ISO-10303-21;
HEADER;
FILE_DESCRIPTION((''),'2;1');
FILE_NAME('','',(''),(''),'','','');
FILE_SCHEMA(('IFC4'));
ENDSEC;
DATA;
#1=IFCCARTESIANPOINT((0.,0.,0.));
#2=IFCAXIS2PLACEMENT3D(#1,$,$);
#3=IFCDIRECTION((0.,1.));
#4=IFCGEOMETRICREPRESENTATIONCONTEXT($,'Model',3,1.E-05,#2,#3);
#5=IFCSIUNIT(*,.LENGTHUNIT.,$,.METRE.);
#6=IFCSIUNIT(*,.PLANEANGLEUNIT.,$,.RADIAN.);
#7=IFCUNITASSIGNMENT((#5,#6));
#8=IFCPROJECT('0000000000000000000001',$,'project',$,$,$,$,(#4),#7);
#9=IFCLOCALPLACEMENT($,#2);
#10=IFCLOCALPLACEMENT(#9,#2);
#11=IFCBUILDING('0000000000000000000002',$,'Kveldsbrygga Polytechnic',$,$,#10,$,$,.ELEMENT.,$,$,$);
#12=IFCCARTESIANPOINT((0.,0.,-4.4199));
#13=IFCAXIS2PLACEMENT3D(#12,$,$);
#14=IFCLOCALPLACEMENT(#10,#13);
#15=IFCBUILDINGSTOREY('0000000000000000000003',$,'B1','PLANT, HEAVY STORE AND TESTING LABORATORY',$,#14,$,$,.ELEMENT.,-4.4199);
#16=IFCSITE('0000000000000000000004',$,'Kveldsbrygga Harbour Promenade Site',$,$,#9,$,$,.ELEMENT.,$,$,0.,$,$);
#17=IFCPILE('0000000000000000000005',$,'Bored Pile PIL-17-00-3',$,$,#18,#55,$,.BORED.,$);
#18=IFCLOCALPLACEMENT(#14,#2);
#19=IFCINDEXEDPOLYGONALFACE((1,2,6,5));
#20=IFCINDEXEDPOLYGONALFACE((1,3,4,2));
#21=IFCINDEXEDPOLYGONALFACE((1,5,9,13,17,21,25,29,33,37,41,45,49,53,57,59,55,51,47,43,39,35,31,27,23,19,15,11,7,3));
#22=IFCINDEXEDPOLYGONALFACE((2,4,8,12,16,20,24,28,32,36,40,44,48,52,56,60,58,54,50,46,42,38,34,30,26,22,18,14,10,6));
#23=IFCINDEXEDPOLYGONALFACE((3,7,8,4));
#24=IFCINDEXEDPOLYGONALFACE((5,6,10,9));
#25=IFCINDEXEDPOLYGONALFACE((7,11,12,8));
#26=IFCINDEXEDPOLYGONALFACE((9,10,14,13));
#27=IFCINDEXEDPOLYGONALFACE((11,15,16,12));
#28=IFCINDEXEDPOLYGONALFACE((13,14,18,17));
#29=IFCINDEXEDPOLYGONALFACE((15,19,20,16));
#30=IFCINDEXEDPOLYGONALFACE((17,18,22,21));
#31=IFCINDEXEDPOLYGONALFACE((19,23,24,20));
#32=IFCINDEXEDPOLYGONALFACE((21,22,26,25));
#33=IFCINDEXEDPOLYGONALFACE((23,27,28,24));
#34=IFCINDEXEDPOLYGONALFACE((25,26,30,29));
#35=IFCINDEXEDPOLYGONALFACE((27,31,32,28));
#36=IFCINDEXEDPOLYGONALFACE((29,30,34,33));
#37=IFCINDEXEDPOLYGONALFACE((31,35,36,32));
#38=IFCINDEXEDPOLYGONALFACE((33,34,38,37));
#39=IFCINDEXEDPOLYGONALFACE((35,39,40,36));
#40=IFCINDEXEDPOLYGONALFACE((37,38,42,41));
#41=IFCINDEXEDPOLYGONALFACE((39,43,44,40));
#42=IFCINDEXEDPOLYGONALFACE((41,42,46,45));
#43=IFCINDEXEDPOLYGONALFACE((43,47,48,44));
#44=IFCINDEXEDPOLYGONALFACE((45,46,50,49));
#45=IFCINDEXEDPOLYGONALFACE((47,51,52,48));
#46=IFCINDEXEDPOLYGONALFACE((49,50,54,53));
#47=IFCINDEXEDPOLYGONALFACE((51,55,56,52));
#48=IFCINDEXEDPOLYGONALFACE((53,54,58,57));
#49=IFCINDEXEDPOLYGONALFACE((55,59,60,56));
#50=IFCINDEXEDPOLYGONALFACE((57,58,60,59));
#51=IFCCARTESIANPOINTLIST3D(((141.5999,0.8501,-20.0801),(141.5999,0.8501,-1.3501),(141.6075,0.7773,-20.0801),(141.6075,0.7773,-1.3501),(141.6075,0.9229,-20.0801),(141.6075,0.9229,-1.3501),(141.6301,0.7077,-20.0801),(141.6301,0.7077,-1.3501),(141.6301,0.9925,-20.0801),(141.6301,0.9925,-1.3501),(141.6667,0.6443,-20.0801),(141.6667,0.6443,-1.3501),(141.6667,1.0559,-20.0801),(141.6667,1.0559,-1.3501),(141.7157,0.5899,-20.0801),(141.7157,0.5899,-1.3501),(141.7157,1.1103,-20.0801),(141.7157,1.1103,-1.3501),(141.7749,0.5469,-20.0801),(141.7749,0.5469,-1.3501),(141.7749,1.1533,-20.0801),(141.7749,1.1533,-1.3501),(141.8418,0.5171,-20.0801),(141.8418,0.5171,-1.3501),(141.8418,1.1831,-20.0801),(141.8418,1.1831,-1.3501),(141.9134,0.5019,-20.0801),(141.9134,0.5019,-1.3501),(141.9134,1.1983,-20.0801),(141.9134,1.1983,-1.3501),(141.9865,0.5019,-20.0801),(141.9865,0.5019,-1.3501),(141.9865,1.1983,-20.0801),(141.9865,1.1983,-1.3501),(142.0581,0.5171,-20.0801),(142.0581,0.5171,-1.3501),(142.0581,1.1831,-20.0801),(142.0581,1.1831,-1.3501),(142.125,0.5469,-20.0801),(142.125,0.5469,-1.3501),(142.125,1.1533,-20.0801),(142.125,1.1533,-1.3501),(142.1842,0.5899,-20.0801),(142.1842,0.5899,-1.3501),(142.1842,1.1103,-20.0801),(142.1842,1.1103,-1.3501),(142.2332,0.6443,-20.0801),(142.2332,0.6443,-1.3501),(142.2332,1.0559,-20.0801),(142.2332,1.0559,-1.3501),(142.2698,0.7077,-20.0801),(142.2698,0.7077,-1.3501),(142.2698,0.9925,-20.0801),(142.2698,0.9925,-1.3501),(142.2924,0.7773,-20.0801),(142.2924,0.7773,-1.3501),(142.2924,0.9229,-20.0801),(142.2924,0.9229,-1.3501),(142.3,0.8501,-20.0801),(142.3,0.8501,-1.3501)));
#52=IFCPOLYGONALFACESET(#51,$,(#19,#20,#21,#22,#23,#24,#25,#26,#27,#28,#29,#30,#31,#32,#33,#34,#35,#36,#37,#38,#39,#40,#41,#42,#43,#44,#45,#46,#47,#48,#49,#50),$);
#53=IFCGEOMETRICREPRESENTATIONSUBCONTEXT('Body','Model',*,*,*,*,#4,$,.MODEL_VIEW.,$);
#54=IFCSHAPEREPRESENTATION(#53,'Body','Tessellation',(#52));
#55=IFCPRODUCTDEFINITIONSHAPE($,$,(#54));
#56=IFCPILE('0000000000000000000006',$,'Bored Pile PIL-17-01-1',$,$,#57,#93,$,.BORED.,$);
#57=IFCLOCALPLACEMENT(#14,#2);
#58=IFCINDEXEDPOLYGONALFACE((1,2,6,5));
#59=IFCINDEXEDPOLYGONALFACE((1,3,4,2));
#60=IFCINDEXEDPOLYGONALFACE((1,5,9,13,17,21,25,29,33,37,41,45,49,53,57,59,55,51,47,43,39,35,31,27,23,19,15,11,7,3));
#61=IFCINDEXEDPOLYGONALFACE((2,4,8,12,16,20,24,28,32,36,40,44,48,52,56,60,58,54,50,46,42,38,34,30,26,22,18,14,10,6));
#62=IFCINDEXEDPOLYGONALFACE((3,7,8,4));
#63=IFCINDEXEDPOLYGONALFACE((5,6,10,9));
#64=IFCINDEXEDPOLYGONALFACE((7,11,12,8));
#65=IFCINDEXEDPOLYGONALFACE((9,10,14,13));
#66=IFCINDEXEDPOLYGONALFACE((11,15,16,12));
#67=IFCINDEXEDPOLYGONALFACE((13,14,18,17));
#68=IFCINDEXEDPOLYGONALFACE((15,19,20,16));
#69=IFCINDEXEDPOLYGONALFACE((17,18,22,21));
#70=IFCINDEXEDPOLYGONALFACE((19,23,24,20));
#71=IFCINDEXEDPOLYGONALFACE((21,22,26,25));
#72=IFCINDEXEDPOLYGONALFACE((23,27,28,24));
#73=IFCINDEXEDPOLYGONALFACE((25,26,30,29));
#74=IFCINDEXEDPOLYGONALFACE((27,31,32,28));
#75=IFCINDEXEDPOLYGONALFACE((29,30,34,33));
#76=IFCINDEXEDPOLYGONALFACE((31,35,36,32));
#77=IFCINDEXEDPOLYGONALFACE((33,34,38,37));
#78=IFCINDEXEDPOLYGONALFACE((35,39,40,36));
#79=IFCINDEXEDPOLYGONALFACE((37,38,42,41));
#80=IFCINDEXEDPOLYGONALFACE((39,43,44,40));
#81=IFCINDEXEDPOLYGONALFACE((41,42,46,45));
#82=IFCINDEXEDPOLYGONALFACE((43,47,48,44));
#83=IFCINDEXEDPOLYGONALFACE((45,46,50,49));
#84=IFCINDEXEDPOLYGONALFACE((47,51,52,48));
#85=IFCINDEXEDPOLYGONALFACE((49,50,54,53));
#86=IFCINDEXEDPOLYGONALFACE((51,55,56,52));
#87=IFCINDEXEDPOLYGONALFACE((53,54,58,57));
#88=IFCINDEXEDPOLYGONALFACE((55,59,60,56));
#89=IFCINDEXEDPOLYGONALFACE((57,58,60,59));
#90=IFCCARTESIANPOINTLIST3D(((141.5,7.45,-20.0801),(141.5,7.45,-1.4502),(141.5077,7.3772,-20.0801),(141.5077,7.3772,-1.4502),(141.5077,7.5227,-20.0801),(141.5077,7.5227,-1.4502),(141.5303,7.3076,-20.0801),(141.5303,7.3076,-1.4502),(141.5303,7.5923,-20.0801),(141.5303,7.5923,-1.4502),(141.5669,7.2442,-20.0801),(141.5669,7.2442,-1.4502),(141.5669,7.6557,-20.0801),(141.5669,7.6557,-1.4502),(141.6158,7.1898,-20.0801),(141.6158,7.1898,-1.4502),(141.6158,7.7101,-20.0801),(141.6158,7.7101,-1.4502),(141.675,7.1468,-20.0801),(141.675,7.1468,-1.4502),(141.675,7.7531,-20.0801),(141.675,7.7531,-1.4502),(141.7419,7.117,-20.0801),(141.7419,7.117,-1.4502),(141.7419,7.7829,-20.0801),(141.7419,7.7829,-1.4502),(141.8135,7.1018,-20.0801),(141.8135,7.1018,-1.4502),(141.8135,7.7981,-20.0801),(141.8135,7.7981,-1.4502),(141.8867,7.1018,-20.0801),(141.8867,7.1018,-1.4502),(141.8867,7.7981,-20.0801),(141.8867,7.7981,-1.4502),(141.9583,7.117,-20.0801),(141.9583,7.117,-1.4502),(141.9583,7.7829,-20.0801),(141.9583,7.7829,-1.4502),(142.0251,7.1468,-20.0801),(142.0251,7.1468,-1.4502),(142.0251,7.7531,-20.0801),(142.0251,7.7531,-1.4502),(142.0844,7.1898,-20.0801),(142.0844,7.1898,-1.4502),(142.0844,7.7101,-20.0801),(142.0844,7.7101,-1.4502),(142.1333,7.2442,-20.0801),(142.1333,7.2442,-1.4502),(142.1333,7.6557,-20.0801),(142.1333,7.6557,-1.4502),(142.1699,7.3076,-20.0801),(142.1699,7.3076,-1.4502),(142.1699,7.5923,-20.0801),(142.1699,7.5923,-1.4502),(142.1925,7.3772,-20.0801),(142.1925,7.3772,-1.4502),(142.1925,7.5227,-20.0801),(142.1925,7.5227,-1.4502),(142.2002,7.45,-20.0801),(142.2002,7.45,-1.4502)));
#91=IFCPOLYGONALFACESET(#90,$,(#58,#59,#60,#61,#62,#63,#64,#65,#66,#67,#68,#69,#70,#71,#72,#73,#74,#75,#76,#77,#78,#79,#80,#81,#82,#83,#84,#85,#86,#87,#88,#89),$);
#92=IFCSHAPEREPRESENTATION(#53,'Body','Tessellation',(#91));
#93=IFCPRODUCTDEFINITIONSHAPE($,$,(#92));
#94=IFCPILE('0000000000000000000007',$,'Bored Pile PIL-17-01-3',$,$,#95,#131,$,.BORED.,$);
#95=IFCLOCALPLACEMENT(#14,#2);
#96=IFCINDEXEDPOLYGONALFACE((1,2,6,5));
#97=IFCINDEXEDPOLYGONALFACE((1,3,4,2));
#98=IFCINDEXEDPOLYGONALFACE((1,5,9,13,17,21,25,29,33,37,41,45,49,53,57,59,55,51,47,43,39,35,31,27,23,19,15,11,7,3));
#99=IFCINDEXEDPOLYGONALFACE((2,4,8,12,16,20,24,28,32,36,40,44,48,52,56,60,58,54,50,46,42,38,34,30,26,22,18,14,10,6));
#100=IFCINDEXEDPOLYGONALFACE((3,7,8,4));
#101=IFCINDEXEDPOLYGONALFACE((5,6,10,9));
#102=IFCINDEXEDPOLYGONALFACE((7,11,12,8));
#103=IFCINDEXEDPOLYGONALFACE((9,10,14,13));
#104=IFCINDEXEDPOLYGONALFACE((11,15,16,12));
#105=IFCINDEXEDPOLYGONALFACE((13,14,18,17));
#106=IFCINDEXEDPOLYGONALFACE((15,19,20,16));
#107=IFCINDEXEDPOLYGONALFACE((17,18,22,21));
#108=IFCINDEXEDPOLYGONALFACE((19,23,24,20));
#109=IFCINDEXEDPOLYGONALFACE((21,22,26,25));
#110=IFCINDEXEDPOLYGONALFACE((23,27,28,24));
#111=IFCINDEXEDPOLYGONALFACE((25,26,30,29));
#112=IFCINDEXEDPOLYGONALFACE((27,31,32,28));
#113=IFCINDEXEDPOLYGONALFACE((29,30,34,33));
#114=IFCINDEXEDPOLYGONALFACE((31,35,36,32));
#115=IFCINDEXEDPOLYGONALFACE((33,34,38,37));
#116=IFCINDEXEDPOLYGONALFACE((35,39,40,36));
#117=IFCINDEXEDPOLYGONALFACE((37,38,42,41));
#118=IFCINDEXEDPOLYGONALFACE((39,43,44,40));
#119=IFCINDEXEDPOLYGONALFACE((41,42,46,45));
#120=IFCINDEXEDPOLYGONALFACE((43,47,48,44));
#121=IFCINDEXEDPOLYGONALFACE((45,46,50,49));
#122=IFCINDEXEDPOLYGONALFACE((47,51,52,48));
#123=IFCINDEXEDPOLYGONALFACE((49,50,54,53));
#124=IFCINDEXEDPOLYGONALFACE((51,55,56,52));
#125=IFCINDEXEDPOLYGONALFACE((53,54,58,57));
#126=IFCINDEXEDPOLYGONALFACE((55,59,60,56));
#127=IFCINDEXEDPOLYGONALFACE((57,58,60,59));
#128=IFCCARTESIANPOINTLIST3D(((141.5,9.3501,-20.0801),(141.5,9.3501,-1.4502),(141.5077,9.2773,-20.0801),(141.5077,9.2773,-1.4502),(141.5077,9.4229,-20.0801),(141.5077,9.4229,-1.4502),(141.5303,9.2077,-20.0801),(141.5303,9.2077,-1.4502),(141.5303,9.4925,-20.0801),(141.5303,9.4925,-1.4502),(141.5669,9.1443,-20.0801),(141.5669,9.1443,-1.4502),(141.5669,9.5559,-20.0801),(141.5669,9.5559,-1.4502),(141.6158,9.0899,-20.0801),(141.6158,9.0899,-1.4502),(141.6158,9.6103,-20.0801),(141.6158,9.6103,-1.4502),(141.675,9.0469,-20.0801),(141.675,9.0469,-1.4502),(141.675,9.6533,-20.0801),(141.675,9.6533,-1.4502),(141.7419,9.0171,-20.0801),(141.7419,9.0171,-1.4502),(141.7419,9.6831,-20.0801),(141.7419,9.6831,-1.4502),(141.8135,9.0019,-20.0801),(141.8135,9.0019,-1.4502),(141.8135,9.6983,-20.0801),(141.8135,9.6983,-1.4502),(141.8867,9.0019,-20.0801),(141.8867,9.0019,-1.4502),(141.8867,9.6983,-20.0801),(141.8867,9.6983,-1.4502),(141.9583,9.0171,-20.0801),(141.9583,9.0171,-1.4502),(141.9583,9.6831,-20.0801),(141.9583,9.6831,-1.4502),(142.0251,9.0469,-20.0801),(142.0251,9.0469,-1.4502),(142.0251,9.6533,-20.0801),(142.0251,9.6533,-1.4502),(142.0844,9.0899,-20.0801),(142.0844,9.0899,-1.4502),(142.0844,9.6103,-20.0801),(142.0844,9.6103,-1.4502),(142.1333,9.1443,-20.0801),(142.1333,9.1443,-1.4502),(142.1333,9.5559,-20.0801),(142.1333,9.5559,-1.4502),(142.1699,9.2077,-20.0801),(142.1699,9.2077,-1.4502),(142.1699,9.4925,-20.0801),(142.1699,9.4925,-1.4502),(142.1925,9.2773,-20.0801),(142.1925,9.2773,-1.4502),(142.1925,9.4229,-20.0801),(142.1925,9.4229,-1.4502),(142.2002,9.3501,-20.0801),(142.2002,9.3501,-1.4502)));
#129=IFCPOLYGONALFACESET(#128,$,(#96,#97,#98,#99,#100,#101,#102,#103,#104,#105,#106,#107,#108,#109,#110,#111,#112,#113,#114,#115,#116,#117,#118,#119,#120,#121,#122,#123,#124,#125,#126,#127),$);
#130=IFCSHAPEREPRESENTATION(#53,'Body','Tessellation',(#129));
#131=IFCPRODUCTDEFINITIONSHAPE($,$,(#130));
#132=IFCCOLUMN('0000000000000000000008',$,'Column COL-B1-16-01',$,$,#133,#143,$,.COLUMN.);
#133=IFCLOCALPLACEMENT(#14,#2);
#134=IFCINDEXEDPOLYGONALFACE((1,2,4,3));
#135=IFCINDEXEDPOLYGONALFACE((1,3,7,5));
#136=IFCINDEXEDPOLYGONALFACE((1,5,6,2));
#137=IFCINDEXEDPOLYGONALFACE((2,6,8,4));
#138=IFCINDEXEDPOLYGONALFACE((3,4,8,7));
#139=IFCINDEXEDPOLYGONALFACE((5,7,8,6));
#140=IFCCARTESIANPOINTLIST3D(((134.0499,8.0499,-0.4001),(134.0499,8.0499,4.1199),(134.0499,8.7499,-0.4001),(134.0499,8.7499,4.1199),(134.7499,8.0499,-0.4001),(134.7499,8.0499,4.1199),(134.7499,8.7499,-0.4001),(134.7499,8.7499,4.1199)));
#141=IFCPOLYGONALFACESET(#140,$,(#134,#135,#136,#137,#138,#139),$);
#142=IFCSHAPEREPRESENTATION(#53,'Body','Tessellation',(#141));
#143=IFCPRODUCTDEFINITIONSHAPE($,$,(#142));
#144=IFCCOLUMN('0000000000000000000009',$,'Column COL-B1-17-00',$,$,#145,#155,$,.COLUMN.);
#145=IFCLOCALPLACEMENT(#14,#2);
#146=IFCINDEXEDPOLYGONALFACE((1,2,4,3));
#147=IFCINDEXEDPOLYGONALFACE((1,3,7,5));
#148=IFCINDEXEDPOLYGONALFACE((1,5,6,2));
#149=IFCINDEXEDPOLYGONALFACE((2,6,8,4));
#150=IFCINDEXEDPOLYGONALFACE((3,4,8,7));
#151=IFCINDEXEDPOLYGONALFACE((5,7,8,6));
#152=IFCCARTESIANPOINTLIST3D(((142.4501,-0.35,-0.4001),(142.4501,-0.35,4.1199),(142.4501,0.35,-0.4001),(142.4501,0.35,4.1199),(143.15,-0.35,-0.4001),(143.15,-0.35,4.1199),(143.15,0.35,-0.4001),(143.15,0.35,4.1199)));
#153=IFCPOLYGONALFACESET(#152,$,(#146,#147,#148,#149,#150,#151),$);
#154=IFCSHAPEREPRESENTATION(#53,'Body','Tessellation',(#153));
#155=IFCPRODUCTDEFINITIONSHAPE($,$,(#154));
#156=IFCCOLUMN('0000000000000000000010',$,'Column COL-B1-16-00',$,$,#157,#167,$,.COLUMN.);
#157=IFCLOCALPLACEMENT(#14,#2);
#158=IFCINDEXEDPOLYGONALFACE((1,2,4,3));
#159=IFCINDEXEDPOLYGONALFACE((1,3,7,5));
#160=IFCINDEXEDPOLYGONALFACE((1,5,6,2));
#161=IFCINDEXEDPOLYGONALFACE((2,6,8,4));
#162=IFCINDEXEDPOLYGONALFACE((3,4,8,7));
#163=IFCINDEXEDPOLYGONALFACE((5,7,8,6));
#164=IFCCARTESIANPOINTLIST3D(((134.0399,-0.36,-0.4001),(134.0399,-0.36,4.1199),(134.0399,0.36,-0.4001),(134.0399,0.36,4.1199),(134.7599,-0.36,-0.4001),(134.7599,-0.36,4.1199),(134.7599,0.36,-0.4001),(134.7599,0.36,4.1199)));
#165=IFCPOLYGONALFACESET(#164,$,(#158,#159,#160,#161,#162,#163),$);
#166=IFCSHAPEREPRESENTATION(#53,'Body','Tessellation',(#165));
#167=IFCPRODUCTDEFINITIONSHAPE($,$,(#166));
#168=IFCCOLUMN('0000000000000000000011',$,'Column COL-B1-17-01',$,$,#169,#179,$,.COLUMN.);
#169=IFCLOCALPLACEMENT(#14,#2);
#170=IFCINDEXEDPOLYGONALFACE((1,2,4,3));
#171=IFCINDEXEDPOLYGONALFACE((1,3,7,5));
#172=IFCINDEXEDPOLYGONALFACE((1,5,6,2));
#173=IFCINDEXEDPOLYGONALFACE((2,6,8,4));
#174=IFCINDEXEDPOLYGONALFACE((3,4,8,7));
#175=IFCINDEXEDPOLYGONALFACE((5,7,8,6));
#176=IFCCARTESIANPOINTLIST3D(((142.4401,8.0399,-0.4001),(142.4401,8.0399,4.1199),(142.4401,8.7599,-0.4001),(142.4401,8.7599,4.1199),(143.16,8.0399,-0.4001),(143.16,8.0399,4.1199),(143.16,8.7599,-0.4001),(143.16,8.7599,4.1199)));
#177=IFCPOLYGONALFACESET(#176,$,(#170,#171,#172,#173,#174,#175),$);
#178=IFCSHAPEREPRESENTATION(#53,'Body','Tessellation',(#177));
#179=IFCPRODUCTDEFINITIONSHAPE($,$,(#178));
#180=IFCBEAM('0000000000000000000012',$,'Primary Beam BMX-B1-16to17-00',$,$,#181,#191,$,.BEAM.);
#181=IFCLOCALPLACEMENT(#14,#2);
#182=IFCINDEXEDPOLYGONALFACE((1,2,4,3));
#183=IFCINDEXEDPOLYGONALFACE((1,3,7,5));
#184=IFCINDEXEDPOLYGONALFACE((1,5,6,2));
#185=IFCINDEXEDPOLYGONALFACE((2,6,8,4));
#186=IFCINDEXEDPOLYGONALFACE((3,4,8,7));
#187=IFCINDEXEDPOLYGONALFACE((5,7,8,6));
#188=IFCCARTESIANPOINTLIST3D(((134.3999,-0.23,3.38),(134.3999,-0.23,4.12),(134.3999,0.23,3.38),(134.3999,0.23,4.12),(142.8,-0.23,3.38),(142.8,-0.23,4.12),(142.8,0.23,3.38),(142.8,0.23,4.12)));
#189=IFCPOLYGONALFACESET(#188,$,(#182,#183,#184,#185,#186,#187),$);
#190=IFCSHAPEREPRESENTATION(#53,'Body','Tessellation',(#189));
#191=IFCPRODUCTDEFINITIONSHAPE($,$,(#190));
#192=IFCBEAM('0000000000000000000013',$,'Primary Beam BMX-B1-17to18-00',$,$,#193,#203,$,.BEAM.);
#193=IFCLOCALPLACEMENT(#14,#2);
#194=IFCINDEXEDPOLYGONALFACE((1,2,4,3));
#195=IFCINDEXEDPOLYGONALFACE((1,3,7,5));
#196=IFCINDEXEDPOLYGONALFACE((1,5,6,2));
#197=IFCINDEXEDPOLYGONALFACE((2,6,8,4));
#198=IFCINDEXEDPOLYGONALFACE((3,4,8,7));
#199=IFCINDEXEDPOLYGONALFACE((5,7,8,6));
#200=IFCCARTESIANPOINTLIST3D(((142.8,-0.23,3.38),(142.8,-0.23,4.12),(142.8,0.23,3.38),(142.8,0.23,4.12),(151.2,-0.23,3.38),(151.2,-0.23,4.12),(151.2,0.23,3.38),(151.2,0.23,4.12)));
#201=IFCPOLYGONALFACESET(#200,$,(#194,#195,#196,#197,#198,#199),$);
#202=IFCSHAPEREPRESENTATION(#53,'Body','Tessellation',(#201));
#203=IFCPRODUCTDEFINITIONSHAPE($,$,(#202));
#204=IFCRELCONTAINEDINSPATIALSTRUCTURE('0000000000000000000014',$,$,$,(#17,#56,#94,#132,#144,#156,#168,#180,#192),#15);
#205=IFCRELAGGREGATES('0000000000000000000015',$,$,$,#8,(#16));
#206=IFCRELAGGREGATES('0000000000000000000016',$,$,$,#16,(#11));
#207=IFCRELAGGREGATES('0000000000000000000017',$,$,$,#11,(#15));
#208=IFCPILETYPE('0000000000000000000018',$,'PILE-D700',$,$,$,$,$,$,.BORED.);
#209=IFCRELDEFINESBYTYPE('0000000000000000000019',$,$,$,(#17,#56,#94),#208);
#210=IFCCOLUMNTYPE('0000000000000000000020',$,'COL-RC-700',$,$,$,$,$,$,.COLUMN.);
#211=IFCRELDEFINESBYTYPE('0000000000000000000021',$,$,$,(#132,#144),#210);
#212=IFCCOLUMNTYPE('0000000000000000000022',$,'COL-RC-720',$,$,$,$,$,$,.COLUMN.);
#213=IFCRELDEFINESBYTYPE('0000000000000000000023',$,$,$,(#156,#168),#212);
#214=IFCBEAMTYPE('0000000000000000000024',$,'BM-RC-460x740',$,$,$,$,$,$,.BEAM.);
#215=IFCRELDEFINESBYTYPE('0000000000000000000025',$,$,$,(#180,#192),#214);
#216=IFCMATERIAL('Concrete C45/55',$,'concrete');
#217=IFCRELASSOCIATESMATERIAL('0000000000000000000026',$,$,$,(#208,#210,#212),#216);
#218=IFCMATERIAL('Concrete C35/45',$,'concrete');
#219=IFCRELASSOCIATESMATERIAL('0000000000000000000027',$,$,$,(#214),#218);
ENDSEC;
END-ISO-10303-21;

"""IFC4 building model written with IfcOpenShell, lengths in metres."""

from ifc_helpers import new_model, si_unit, direction, frame, origin, origin_2d, place, context, subcontext, project, spatial, rectangle, circle, extrude, material, material_profile, profile_set, type_object, element, save


model = new_model("IFC4")

# Units and contexts
model_context = context("Model", 3, precision=1e-05, world=origin(), true_north=direction((0.0, 1.0)))
body_context = subcontext(model_context, "Body", "Model", "MODEL_VIEW")
ifc_project = project(units=[si_unit("LENGTHUNIT", "METRE"), si_unit("PLANEANGLEUNIT", "RADIAN")], contexts=[model_context])

# Site, building, storey
site_placement = place(None, origin())
site = spatial("IfcSite", under=ifc_project, at=site_placement, Name="Kveldsbrygga Harbour Promenade Site", CompositionType="ELEMENT", RefElevation=0.0)
building_placement = place(site_placement, origin())
building = spatial("IfcBuilding", under=site, at=building_placement, Name="Kveldsbrygga Polytechnic", CompositionType="ELEMENT")
storey_placement = place(building_placement, frame((0.0, 0.0, -4.4199)))
storey = spatial("IfcBuildingStorey", under=building, at=storey_placement, Name="B1", Description="PLANT, HEAVY STORE AND TESTING LABORATORY", CompositionType="ELEMENT", Elevation=-4.4199)

# Shared definitions
ifc_material_1 = material(Name="Concrete C45/55", Category="concrete")

# Piles
ifc_material_profile_1 = material_profile(ifc_material_1, circle(Radius=0.3501, at=origin_2d()), Name="PILE D700")
ifc_profile_set_1 = profile_set([ifc_material_profile_1], Name="Concrete C45/55")
pile_type = type_object("IfcPileType", Name="PILE-D700", PredefinedType="BORED", material=ifc_profile_set_1)
for number, where, z_axis, x_axis, name in (
    (1, (141.95, 0.8501, -1.3501), (0.0, 0.0, -1.0), (1.0, 0.0, 0.0), "Bored Pile PIL-17-00-3"),
):
    element("IfcPile", number, at=place(storey_placement, frame(where, z_axis=z_axis, x_axis=x_axis)), inside=storey, type_object=pile_type, Name=name, PredefinedType="BORED", context=body_context, shape_type="SweptSolid", body=[
        extrude(circle(Radius=0.3501, at=origin_2d()), origin(), (0.0, 0.0, 1.0), 18.73),
    ])
for number, where, z_axis, x_axis, name in (
    (2, (141.8501, 7.45, -1.4502), (0.0, 0.0, -1.0), (1.0, 0.0, 0.0), "Bored Pile PIL-17-01-1"),
    (3, (141.8501, 9.3501, -1.4502), (0.0, 0.0, -1.0), (1.0, 0.0, 0.0), "Bored Pile PIL-17-01-3"),
):
    element("IfcPile", number, at=place(storey_placement, frame(where, z_axis=z_axis, x_axis=x_axis)), inside=storey, type_object=pile_type, Name=name, PredefinedType="BORED", context=body_context, shape_type="SweptSolid", body=[
        extrude(circle(Radius=0.3501, at=origin_2d()), origin(), (0.0, 0.0, 1.0), 18.6299),
    ])

# Columns
ifc_material_profile_2 = material_profile(ifc_material_1, rectangle(XDim=0.7, YDim=0.7, at=origin_2d()), Name="RC 700x700")
ifc_profile_set_2 = profile_set([ifc_material_profile_2], Name="Concrete C45/55")
column_type_1 = type_object("IfcColumnType", Name="COL-RC-700", PredefinedType="COLUMN", material=ifc_profile_set_2)
for number, where, z_axis, x_axis, name in (
    (4, (134.3999, 8.3999, -0.4001), (0.0, 0.0, 1.0), (1.0, 0.0, 0.0), "Column COL-B1-16-01"),
    (5, (142.8, 0.0, -0.4001), (0.0, 0.0, 1.0), (1.0, 0.0, 0.0), "Column COL-B1-17-00"),
):
    element("IfcColumn", number, at=place(storey_placement, frame(where, z_axis=z_axis, x_axis=x_axis)), inside=storey, type_object=column_type_1, Name=name, PredefinedType="COLUMN", context=body_context, shape_type="SweptSolid", body=[
        extrude(rectangle(XDim=0.7, YDim=0.7, at=origin_2d()), origin(), (0.0, 0.0, 1.0), 4.52),
    ])
ifc_material_profile_3 = material_profile(ifc_material_1, rectangle(XDim=0.72, YDim=0.72, at=origin_2d()), Name="RC 720x720")
ifc_profile_set_3 = profile_set([ifc_material_profile_3], Name="Concrete C45/55")
column_type_2 = type_object("IfcColumnType", Name="COL-RC-720", PredefinedType="COLUMN", material=ifc_profile_set_3)
for number, where, z_axis, x_axis, name in (
    (6, (134.3999, 0.0, -0.4001), (0.0, 0.0, 1.0), (1.0, 0.0, 0.0), "Column COL-B1-16-00"),
    (7, (142.8, 8.3999, -0.4001), (0.0, 0.0, 1.0), (1.0, 0.0, 0.0), "Column COL-B1-17-01"),
):
    element("IfcColumn", number, at=place(storey_placement, frame(where, z_axis=z_axis, x_axis=x_axis)), inside=storey, type_object=column_type_2, Name=name, PredefinedType="COLUMN", context=body_context, shape_type="SweptSolid", body=[
        extrude(rectangle(XDim=0.72, YDim=0.72, at=origin_2d()), origin(), (0.0, 0.0, 1.0), 4.52),
    ])

# Beams
ifc_material_2 = material(Name="Concrete C35/45", Category="concrete")
ifc_material_profile_4 = material_profile(ifc_material_2, rectangle(XDim=0.46, YDim=0.74, at=origin_2d()), Name="RC 460x740")
ifc_profile_set_4 = profile_set([ifc_material_profile_4], Name="Concrete C35/45")
beam_type_1 = type_object("IfcBeamType", Name="BM-RC-460x740", PredefinedType="BEAM", material=ifc_profile_set_4)
beam_1_placement = place(storey_placement, frame((134.3999, 0.0, 3.75), z_axis=(1.0, 0.0, 0.0), x_axis=(0.0, 1.0, 0.0)))
element("IfcBeam", 8, at=beam_1_placement, inside=storey, type_object=beam_type_1, Name="Primary Beam BMX-B1-16to17-00", PredefinedType="BEAM", context=body_context, shape_type="SweptSolid", body=[
    extrude(rectangle(XDim=0.46, YDim=0.74, at=origin_2d()), origin(), (0.0, 0.0, 1.0), 8.4001),
])
beam_2_placement = place(storey_placement, frame((142.8, 0.0, 3.75), z_axis=(1.0, 0.0, 0.0), x_axis=(0.0, 1.0, 0.0)))
element("IfcBeam", 9, at=beam_2_placement, inside=storey, type_object=beam_type_1, Name="Primary Beam BMX-B1-17to18-00", PredefinedType="BEAM", context=body_context, shape_type="SweptSolid", body=[
    extrude(rectangle(XDim=0.46, YDim=0.74, at=origin_2d()), origin(), (0.0, 0.0, 1.0), 8.3999),
])

save(model, "model.ifc")
